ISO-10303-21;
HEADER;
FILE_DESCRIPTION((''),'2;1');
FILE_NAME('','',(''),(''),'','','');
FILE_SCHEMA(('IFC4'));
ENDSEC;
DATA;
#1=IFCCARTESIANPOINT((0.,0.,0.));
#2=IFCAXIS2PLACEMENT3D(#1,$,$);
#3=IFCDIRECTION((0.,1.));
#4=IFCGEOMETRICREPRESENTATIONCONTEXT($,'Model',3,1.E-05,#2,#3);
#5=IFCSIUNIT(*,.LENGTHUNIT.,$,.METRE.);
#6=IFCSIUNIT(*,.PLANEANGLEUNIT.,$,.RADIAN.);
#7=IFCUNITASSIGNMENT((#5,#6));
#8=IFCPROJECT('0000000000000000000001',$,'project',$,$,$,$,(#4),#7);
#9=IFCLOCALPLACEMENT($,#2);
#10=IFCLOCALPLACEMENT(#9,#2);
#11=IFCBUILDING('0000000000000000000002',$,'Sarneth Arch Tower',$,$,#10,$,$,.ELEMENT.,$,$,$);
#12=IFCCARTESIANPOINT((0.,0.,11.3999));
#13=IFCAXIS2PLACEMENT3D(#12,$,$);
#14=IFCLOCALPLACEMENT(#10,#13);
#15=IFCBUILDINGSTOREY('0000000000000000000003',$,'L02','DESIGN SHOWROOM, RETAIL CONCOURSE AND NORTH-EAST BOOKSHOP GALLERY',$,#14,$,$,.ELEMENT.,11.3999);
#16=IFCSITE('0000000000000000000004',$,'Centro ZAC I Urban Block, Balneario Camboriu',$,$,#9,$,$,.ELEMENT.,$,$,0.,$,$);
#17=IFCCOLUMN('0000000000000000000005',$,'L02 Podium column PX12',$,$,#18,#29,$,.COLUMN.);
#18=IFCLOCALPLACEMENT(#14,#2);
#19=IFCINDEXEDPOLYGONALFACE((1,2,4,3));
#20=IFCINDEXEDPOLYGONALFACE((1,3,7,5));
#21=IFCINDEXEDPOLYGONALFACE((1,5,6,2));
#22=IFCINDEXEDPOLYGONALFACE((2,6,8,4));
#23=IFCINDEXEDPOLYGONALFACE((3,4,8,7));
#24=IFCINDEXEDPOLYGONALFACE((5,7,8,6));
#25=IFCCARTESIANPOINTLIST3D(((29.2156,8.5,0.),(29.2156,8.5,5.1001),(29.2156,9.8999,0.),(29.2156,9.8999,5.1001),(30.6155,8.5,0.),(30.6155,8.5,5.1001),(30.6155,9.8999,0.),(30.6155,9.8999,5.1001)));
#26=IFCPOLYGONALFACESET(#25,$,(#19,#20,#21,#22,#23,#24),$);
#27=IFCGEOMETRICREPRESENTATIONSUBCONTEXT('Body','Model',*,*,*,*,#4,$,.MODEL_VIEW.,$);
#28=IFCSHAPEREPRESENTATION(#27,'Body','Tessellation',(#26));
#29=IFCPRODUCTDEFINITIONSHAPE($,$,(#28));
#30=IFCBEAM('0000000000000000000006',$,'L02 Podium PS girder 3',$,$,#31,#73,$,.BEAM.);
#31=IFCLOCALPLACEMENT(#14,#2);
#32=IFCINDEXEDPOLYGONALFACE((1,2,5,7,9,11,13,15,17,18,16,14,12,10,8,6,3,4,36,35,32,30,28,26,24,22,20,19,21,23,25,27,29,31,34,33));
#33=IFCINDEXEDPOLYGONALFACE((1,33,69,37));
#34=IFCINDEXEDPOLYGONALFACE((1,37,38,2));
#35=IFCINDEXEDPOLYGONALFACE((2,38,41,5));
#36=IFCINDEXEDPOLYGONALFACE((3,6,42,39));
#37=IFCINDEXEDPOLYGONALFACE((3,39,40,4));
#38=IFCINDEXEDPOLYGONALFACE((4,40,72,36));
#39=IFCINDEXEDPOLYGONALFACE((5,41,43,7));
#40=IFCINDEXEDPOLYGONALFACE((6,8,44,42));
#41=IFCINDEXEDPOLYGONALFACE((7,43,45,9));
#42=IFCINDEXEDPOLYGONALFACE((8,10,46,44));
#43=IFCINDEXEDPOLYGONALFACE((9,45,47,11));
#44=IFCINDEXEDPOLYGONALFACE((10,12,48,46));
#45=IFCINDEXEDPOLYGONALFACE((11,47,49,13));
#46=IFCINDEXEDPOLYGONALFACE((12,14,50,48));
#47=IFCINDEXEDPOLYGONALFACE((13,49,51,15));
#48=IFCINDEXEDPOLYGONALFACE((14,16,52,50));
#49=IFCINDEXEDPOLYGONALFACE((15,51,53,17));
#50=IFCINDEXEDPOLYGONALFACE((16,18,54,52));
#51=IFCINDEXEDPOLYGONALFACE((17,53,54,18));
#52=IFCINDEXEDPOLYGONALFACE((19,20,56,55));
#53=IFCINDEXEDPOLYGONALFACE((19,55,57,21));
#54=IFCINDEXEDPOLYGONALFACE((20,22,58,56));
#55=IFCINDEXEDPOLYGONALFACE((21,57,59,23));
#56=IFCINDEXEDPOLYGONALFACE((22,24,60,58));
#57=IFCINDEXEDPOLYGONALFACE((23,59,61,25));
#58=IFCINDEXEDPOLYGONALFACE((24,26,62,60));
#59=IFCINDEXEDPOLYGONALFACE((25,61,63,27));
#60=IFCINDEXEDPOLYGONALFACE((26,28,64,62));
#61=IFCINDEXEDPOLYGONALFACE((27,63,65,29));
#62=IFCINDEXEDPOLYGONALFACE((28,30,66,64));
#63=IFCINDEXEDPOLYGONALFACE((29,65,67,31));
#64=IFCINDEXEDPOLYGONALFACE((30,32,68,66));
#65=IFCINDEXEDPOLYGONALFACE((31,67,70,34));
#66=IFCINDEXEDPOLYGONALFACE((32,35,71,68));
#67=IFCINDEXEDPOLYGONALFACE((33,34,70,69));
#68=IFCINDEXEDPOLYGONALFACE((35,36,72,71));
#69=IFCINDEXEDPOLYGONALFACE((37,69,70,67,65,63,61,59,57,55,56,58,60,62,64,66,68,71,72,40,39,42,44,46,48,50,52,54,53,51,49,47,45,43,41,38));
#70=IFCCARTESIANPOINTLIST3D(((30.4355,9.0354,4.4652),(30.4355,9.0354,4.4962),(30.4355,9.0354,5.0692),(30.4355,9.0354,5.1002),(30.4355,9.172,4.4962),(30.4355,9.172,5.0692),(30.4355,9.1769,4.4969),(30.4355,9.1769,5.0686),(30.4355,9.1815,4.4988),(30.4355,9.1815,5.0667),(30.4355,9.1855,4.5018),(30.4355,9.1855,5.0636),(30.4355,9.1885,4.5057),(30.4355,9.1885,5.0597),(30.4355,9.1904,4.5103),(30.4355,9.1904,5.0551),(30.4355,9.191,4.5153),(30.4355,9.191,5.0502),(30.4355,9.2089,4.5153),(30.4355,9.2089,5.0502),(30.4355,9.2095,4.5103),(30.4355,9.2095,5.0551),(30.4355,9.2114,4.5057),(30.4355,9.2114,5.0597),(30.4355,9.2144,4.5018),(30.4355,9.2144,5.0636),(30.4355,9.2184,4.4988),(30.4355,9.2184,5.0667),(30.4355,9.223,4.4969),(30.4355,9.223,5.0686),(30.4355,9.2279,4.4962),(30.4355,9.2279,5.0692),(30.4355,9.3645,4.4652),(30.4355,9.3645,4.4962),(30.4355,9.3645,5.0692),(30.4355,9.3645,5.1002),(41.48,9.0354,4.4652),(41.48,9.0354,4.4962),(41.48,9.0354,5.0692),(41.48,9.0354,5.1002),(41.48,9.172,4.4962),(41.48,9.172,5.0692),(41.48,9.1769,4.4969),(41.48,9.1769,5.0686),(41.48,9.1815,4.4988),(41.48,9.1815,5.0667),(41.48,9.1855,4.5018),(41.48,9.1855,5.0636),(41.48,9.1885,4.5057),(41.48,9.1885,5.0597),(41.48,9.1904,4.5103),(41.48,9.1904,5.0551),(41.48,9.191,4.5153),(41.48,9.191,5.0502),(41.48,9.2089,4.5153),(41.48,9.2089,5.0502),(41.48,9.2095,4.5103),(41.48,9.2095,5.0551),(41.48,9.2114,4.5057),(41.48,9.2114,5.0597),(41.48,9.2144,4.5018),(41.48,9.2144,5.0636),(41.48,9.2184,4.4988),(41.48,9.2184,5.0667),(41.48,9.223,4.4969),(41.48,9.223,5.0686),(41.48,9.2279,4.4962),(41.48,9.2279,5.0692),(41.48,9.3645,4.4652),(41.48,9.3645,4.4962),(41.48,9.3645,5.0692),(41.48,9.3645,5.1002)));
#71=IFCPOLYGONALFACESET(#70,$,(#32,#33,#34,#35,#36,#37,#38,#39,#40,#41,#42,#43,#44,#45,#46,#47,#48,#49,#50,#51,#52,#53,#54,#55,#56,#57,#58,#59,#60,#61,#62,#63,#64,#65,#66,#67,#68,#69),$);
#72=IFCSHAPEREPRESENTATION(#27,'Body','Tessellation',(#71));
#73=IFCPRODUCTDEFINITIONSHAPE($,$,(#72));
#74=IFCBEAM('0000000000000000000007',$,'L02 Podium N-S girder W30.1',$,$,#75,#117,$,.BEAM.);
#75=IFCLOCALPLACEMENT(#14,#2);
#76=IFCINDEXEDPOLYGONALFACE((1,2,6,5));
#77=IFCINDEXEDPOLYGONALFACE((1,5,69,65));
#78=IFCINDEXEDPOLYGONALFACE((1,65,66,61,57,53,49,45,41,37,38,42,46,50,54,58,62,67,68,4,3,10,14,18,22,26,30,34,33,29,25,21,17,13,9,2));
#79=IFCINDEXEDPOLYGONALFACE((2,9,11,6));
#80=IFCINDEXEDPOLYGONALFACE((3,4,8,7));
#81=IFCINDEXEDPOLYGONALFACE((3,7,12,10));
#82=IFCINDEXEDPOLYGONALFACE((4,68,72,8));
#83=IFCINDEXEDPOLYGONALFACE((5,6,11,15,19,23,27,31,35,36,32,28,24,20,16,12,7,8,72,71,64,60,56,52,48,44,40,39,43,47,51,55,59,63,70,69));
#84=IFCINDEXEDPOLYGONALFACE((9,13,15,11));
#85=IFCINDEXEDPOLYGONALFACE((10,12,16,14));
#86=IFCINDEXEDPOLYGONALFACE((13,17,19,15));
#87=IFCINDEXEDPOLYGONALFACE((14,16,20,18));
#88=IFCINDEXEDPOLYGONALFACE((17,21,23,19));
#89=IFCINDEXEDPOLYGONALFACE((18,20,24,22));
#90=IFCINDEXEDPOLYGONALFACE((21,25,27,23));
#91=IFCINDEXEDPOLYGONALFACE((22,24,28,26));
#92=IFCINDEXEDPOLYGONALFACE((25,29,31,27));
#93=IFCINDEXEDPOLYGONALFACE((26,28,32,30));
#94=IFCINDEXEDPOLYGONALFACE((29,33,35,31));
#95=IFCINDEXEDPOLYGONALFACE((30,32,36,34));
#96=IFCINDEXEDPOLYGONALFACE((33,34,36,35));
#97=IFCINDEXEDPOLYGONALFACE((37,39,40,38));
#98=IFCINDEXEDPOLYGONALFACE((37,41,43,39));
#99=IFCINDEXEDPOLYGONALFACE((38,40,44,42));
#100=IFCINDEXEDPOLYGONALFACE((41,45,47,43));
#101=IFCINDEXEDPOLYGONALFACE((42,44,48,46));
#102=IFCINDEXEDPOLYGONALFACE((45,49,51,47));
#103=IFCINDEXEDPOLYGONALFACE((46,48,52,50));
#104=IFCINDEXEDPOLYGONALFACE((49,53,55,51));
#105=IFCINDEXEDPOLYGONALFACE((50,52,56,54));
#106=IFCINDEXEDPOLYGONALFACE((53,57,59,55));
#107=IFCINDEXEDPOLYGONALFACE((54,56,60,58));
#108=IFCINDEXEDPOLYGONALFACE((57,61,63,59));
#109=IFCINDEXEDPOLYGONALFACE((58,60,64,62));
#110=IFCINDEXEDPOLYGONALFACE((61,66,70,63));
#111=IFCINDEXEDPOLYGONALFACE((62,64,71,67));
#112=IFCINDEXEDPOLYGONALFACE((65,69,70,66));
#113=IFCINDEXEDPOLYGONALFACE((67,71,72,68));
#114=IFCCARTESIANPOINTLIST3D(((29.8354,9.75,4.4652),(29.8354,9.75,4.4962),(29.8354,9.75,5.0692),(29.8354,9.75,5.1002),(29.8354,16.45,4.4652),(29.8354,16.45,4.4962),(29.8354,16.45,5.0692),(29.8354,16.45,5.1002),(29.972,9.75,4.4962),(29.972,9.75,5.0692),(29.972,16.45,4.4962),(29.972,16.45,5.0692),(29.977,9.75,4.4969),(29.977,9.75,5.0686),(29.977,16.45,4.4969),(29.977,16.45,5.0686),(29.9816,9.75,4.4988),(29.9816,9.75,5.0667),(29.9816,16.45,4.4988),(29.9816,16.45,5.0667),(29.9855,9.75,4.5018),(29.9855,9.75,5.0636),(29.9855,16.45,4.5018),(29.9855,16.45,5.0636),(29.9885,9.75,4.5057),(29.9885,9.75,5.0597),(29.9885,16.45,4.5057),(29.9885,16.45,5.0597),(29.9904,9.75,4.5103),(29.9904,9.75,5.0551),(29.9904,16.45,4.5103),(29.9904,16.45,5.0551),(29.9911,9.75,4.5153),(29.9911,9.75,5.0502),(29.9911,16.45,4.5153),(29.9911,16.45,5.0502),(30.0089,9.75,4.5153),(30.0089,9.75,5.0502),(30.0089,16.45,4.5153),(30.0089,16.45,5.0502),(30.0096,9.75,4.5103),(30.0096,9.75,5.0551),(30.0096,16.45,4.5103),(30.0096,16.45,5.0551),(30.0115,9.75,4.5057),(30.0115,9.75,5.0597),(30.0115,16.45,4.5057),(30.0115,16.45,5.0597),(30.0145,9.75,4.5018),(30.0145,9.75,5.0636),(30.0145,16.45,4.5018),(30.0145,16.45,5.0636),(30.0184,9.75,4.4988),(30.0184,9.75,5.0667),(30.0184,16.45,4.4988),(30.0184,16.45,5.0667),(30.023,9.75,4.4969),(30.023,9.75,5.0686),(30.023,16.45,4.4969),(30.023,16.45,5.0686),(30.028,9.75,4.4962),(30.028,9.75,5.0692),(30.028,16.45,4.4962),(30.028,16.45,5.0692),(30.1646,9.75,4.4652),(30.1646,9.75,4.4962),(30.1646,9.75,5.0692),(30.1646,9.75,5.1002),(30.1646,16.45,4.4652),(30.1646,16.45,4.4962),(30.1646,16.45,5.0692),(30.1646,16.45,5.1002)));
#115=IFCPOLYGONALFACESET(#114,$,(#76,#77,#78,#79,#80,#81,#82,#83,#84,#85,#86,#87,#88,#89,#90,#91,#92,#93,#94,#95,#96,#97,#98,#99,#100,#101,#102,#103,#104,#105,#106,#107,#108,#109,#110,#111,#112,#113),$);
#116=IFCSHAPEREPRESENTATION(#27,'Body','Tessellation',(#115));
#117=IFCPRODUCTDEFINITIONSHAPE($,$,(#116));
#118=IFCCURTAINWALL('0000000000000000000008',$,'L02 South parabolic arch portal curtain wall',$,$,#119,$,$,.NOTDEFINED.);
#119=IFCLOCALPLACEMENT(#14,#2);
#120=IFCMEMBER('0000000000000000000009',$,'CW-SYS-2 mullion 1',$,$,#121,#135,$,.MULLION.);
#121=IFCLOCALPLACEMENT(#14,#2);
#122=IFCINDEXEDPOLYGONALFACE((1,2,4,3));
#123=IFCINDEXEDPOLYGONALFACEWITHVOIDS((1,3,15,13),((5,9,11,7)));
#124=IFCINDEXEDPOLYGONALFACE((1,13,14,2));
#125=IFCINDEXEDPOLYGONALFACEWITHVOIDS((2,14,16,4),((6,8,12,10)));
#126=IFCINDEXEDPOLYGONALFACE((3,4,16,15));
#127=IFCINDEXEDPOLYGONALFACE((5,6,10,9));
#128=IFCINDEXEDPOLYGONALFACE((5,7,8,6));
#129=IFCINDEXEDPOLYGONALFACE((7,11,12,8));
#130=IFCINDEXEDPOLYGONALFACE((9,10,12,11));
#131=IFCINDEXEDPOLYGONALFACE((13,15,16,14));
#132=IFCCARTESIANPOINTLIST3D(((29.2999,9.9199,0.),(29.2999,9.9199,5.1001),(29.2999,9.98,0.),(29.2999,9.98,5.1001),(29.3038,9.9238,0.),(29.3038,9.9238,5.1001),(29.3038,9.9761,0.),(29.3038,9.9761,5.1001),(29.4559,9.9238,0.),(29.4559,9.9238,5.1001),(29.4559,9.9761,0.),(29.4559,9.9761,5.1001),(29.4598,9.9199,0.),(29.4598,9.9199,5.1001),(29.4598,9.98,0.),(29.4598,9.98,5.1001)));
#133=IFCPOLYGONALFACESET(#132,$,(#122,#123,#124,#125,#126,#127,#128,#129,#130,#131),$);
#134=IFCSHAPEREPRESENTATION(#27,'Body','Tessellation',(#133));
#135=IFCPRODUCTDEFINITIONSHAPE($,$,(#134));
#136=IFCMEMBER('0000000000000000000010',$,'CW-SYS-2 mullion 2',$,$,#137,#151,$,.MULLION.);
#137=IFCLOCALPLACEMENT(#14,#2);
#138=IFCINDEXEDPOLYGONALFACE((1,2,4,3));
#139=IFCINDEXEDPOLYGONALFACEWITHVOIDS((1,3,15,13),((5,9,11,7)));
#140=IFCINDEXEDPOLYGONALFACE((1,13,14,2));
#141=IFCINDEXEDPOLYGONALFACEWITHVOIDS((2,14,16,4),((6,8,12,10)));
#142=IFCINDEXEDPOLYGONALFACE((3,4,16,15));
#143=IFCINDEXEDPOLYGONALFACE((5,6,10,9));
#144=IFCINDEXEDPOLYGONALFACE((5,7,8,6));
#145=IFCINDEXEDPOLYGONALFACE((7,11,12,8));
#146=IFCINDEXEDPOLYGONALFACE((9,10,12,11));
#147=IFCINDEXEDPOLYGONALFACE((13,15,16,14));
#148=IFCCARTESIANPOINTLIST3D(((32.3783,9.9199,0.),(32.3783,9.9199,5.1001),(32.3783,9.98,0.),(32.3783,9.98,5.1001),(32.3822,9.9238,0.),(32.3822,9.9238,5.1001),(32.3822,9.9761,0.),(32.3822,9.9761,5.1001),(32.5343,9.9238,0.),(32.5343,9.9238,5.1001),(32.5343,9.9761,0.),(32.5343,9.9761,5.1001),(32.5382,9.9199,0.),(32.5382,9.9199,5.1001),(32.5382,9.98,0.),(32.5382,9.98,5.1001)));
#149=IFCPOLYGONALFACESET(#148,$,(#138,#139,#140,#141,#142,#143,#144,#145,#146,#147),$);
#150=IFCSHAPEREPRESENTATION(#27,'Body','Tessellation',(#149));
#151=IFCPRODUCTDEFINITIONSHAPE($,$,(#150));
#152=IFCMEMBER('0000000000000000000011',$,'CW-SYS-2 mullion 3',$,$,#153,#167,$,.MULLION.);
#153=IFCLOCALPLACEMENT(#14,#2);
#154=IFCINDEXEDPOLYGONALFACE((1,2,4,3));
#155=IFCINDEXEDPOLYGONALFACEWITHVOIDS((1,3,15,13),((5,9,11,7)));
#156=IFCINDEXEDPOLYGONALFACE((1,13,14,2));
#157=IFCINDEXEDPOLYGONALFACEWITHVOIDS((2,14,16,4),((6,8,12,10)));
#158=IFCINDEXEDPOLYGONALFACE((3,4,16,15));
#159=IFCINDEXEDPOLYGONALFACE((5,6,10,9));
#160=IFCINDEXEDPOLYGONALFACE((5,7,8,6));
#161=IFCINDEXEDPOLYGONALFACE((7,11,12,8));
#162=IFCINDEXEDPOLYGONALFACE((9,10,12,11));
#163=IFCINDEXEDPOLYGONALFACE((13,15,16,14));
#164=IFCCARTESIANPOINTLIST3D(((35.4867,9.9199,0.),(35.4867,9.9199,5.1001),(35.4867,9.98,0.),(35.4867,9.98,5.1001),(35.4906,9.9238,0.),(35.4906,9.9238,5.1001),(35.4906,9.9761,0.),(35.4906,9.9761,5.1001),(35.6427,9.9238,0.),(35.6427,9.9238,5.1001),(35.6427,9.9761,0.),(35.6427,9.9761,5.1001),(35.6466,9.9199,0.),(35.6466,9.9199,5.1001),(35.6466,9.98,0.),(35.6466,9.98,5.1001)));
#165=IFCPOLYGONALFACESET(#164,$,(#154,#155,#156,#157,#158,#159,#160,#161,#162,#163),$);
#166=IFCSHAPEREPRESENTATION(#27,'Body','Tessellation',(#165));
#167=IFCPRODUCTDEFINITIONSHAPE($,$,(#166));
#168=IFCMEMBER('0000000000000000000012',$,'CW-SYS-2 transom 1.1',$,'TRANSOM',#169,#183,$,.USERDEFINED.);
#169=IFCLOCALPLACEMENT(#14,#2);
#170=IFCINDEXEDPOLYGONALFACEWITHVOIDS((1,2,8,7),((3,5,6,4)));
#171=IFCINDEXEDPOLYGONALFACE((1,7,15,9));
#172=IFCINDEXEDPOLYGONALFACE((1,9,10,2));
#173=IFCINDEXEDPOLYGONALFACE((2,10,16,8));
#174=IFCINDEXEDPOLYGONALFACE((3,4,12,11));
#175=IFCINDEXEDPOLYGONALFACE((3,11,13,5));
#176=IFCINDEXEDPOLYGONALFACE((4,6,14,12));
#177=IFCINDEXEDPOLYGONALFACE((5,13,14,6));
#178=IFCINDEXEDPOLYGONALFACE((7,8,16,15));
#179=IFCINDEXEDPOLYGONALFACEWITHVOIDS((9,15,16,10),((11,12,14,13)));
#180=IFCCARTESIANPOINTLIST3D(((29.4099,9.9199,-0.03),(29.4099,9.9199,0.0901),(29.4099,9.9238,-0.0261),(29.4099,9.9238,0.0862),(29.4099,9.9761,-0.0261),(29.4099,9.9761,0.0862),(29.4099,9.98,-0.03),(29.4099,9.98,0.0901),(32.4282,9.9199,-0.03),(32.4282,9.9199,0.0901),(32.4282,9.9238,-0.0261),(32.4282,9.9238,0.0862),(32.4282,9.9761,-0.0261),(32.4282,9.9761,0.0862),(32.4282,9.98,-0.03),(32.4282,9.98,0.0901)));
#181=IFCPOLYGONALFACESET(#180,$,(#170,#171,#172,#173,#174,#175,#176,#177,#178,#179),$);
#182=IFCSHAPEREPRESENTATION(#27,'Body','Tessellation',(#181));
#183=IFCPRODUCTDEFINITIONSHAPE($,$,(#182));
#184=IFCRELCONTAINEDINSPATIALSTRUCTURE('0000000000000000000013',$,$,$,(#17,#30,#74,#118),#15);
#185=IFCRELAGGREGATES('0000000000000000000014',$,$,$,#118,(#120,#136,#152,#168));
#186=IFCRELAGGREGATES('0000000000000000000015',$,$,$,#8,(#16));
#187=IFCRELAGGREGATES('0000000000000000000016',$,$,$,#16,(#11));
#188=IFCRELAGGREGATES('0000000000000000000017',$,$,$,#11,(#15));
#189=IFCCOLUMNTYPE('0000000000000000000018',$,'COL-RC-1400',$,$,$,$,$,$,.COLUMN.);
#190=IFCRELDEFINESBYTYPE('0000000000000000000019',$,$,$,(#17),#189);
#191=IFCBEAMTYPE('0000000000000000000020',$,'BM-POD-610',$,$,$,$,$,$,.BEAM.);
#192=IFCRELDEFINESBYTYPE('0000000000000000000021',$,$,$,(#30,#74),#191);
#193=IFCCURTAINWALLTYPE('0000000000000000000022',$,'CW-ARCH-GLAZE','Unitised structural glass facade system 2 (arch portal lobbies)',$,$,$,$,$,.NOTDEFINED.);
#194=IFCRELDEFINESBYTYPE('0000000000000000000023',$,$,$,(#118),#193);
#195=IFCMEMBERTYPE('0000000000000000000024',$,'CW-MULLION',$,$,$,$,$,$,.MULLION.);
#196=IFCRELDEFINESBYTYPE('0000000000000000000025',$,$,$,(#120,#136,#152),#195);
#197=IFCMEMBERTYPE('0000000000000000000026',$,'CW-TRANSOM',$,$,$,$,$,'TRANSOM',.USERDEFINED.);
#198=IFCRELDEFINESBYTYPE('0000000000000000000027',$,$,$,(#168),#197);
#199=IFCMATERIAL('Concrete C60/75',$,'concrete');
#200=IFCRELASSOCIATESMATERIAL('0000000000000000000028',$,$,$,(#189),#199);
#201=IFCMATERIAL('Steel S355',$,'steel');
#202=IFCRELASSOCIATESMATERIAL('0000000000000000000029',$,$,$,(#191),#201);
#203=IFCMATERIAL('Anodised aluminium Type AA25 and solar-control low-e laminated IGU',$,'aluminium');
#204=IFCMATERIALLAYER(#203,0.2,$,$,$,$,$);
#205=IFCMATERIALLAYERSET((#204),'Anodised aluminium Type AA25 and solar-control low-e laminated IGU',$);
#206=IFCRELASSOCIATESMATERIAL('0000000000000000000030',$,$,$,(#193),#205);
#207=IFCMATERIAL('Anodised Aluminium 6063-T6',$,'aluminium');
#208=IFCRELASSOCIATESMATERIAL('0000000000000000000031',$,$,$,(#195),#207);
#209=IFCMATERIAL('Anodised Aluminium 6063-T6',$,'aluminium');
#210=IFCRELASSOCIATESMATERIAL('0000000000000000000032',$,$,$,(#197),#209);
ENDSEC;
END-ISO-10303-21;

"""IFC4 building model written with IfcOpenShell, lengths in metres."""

from ifc_helpers import new_model, si_unit, direction, frame, origin, origin_2d, place, context, subcontext, project, spatial, rectangle, hollow_rectangle, i_section, extrude, material, layer, layer_set, material_profile, profile_set, type_object, element, aggregate, save


model = new_model("IFC4")

# Units and contexts
model_context = context("Model", 3, precision=1e-05, world=origin(), true_north=direction((0.0, 1.0)))
body_context = subcontext(model_context, "Body", "Model", "MODEL_VIEW")
ifc_project = project(units=[si_unit("LENGTHUNIT", "METRE"), si_unit("PLANEANGLEUNIT", "RADIAN")], contexts=[model_context])

# Site, building, storey
site_placement = place(None, origin())
site = spatial("IfcSite", under=ifc_project, at=site_placement, Name="Centro ZAC I Urban Block, Balneario Camboriu", CompositionType="ELEMENT", RefElevation=0.0)
building_placement = place(site_placement, origin())
building = spatial("IfcBuilding", under=site, at=building_placement, Name="Sarneth Arch Tower", CompositionType="ELEMENT")
storey_placement = place(building_placement, frame((0.0, 0.0, 11.3999)))
storey = spatial("IfcBuildingStorey", under=building, at=storey_placement, Name="L02", Description="DESIGN SHOWROOM, RETAIL CONCOURSE AND NORTH-EAST BOOKSHOP GALLERY", CompositionType="ELEMENT", Elevation=11.3999)

# Column
ifc_material_1 = material(Name="Concrete C60/75", Category="concrete")
ifc_material_profile_1 = material_profile(ifc_material_1, rectangle(XDim=1.3999, YDim=1.3999, at=origin_2d()), Name="RC-1400x1400")
ifc_profile_set_1 = profile_set([ifc_material_profile_1], Name="Concrete C60/75")
column_type = type_object("IfcColumnType", Name="COL-RC-1400", PredefinedType="COLUMN", material=ifc_profile_set_1)
column_placement = place(storey_placement, frame((29.9155, 9.2, 0.0), z_axis=(0.0, 0.0, 1.0), x_axis=(1.0, 0.0, 0.0)))
element("IfcColumn", 1, at=column_placement, inside=storey, type_object=column_type, Name="L02 Podium column PX12", PredefinedType="COLUMN", context=body_context, shape_type="SweptSolid", body=[
    extrude(rectangle(XDim=1.3999, YDim=1.3999, at=origin_2d()), origin(), (0.0, 0.0, 1.0), 5.1001),
])

# Beams
ifc_material_2 = material(Name="Steel S355", Category="steel")
ifc_material_profile_2 = material_profile(ifc_material_2, i_section(OverallWidth=0.3291, OverallDepth=0.635, WebThickness=0.0178, FlangeThickness=0.031, FilletRadius=0.019, at=origin_2d()), Name="W610x241")
ifc_profile_set_2 = profile_set([ifc_material_profile_2], Name="Steel S355")
beam_type = type_object("IfcBeamType", Name="BM-POD-610", PredefinedType="BEAM", material=ifc_profile_set_2)
beam_1_placement = place(storey_placement, frame((30.4355, 9.2, 4.7827), z_axis=(1.0, 0.0, 0.0), x_axis=(0.0, 1.0, 0.0)))
element("IfcBeam", 2, at=beam_1_placement, inside=storey, type_object=beam_type, Name="L02 Podium PS girder 3", PredefinedType="BEAM", context=body_context, shape_type="SweptSolid", body=[
    extrude(i_section(OverallWidth=0.3291, OverallDepth=0.635, WebThickness=0.0178, FlangeThickness=0.031, FilletRadius=0.019, at=origin_2d()), origin(), (0.0, 0.0, 1.0), 11.0444),
])
beam_2_placement = place(storey_placement, frame((30.0, 9.75, 4.7827), z_axis=(0.0, 1.0, 0.0), x_axis=(-1.0, 0.0, 0.0)))
element("IfcBeam", 3, at=beam_2_placement, inside=storey, type_object=beam_type, Name="L02 Podium N-S girder W30.1", PredefinedType="BEAM", context=body_context, shape_type="SweptSolid", body=[
    extrude(i_section(OverallWidth=0.3291, OverallDepth=0.635, WebThickness=0.0178, FlangeThickness=0.031, FilletRadius=0.019, at=origin_2d()), origin(), (0.0, 0.0, 1.0), 6.7),
])

# Curtain wall, members
ifc_material_3 = material(Name="Anodised aluminium Type AA25 and solar-control low-e laminated IGU", Category="aluminium")
ifc_layer_1 = layer(ifc_material_3, 0.2)
ifc_layer_set_1 = layer_set([ifc_layer_1], Name="Anodised aluminium Type AA25 and solar-control low-e laminated IGU")
curtain_wall_type = type_object("IfcCurtainWallType", Name="CW-ARCH-GLAZE", Description="Unitised structural glass facade system 2 (arch portal lobbies)", PredefinedType="NOTDEFINED", material=ifc_layer_set_1)
curtain_wall_placement = place(storey_placement, origin())
curtain_wall = element("IfcCurtainWall", 4, at=curtain_wall_placement, inside=storey, type_object=curtain_wall_type, Name="L02 South parabolic arch portal curtain wall", PredefinedType="NOTDEFINED")
ifc_material_4 = material(Name="Anodised Aluminium 6063-T6", Category="aluminium")
ifc_material_profile_3 = material_profile(ifc_material_4, hollow_rectangle(XDim=0.0601, YDim=0.1599, WallThickness=0.0039, at=origin_2d()), Name="AL-MULL-160x60x4")
ifc_profile_set_3 = profile_set([ifc_material_profile_3], Name="Anodised Aluminium 6063-T6")
member_type_1 = type_object("IfcMemberType", Name="CW-MULLION", PredefinedType="MULLION", material=ifc_profile_set_3)
member_1_placement = place(storey_placement, frame((29.3799, 9.95, 0.0), z_axis=(0.0, 0.0, 1.0), x_axis=(0.0, 1.0, 0.0)))
member_1 = element("IfcMember", 5, at=member_1_placement, type_object=member_type_1, Name="CW-SYS-2 mullion 1", PredefinedType="MULLION", context=body_context, shape_type="SweptSolid", body=[
    extrude(hollow_rectangle(XDim=0.0601, YDim=0.1599, WallThickness=0.0039, at=origin_2d()), origin(), (0.0, 0.0, 1.0), 5.1001),
])
member_2_placement = place(storey_placement, frame((32.4583, 9.95, 0.0), z_axis=(0.0, 0.0, 1.0), x_axis=(0.0, 1.0, 0.0)))
member_2 = element("IfcMember", 6, at=member_2_placement, type_object=member_type_1, Name="CW-SYS-2 mullion 2", PredefinedType="MULLION", context=body_context, shape_type="SweptSolid", body=[
    extrude(hollow_rectangle(XDim=0.0601, YDim=0.1599, WallThickness=0.0039, at=origin_2d()), origin(), (0.0, 0.0, 1.0), 5.1001),
])
member_3_placement = place(storey_placement, frame((35.5667, 9.95, 0.0), z_axis=(0.0, 0.0, 1.0), x_axis=(0.0, 1.0, 0.0)))
member_3 = element("IfcMember", 7, at=member_3_placement, type_object=member_type_1, Name="CW-SYS-2 mullion 3", PredefinedType="MULLION", context=body_context, shape_type="SweptSolid", body=[
    extrude(hollow_rectangle(XDim=0.0601, YDim=0.1599, WallThickness=0.0039, at=origin_2d()), origin(), (0.0, 0.0, 1.0), 5.1001),
])
ifc_material_5 = material(Name="Anodised Aluminium 6063-T6", Category="aluminium")
ifc_material_profile_4 = material_profile(ifc_material_5, hollow_rectangle(XDim=0.0601, YDim=0.1201, WallThickness=0.0039, at=origin_2d()), Name="AL-TRAN-120x60x4")
ifc_profile_set_4 = profile_set([ifc_material_profile_4], Name="Anodised Aluminium 6063-T6")
member_type_2 = type_object("IfcMemberType", Name="CW-TRANSOM", ElementType="TRANSOM", PredefinedType="USERDEFINED", material=ifc_profile_set_4)
member_4_placement = place(storey_placement, frame((29.4099, 9.95, 0.03), z_axis=(1.0, 0.0, 0.0), x_axis=(0.0, 1.0, 0.0)))
member_4 = element("IfcMember", 8, at=member_4_placement, type_object=member_type_2, Name="CW-SYS-2 transom 1.1", ObjectType="TRANSOM", PredefinedType="USERDEFINED", context=body_context, shape_type="SweptSolid", body=[
    extrude(hollow_rectangle(XDim=0.0601, YDim=0.1201, WallThickness=0.0039, at=origin_2d()), origin(), (0.0, 0.0, 1.0), 3.0183),
])

aggregate(curtain_wall, [member_1, member_2, member_3, member_4])

save(model, "model.ifc")
